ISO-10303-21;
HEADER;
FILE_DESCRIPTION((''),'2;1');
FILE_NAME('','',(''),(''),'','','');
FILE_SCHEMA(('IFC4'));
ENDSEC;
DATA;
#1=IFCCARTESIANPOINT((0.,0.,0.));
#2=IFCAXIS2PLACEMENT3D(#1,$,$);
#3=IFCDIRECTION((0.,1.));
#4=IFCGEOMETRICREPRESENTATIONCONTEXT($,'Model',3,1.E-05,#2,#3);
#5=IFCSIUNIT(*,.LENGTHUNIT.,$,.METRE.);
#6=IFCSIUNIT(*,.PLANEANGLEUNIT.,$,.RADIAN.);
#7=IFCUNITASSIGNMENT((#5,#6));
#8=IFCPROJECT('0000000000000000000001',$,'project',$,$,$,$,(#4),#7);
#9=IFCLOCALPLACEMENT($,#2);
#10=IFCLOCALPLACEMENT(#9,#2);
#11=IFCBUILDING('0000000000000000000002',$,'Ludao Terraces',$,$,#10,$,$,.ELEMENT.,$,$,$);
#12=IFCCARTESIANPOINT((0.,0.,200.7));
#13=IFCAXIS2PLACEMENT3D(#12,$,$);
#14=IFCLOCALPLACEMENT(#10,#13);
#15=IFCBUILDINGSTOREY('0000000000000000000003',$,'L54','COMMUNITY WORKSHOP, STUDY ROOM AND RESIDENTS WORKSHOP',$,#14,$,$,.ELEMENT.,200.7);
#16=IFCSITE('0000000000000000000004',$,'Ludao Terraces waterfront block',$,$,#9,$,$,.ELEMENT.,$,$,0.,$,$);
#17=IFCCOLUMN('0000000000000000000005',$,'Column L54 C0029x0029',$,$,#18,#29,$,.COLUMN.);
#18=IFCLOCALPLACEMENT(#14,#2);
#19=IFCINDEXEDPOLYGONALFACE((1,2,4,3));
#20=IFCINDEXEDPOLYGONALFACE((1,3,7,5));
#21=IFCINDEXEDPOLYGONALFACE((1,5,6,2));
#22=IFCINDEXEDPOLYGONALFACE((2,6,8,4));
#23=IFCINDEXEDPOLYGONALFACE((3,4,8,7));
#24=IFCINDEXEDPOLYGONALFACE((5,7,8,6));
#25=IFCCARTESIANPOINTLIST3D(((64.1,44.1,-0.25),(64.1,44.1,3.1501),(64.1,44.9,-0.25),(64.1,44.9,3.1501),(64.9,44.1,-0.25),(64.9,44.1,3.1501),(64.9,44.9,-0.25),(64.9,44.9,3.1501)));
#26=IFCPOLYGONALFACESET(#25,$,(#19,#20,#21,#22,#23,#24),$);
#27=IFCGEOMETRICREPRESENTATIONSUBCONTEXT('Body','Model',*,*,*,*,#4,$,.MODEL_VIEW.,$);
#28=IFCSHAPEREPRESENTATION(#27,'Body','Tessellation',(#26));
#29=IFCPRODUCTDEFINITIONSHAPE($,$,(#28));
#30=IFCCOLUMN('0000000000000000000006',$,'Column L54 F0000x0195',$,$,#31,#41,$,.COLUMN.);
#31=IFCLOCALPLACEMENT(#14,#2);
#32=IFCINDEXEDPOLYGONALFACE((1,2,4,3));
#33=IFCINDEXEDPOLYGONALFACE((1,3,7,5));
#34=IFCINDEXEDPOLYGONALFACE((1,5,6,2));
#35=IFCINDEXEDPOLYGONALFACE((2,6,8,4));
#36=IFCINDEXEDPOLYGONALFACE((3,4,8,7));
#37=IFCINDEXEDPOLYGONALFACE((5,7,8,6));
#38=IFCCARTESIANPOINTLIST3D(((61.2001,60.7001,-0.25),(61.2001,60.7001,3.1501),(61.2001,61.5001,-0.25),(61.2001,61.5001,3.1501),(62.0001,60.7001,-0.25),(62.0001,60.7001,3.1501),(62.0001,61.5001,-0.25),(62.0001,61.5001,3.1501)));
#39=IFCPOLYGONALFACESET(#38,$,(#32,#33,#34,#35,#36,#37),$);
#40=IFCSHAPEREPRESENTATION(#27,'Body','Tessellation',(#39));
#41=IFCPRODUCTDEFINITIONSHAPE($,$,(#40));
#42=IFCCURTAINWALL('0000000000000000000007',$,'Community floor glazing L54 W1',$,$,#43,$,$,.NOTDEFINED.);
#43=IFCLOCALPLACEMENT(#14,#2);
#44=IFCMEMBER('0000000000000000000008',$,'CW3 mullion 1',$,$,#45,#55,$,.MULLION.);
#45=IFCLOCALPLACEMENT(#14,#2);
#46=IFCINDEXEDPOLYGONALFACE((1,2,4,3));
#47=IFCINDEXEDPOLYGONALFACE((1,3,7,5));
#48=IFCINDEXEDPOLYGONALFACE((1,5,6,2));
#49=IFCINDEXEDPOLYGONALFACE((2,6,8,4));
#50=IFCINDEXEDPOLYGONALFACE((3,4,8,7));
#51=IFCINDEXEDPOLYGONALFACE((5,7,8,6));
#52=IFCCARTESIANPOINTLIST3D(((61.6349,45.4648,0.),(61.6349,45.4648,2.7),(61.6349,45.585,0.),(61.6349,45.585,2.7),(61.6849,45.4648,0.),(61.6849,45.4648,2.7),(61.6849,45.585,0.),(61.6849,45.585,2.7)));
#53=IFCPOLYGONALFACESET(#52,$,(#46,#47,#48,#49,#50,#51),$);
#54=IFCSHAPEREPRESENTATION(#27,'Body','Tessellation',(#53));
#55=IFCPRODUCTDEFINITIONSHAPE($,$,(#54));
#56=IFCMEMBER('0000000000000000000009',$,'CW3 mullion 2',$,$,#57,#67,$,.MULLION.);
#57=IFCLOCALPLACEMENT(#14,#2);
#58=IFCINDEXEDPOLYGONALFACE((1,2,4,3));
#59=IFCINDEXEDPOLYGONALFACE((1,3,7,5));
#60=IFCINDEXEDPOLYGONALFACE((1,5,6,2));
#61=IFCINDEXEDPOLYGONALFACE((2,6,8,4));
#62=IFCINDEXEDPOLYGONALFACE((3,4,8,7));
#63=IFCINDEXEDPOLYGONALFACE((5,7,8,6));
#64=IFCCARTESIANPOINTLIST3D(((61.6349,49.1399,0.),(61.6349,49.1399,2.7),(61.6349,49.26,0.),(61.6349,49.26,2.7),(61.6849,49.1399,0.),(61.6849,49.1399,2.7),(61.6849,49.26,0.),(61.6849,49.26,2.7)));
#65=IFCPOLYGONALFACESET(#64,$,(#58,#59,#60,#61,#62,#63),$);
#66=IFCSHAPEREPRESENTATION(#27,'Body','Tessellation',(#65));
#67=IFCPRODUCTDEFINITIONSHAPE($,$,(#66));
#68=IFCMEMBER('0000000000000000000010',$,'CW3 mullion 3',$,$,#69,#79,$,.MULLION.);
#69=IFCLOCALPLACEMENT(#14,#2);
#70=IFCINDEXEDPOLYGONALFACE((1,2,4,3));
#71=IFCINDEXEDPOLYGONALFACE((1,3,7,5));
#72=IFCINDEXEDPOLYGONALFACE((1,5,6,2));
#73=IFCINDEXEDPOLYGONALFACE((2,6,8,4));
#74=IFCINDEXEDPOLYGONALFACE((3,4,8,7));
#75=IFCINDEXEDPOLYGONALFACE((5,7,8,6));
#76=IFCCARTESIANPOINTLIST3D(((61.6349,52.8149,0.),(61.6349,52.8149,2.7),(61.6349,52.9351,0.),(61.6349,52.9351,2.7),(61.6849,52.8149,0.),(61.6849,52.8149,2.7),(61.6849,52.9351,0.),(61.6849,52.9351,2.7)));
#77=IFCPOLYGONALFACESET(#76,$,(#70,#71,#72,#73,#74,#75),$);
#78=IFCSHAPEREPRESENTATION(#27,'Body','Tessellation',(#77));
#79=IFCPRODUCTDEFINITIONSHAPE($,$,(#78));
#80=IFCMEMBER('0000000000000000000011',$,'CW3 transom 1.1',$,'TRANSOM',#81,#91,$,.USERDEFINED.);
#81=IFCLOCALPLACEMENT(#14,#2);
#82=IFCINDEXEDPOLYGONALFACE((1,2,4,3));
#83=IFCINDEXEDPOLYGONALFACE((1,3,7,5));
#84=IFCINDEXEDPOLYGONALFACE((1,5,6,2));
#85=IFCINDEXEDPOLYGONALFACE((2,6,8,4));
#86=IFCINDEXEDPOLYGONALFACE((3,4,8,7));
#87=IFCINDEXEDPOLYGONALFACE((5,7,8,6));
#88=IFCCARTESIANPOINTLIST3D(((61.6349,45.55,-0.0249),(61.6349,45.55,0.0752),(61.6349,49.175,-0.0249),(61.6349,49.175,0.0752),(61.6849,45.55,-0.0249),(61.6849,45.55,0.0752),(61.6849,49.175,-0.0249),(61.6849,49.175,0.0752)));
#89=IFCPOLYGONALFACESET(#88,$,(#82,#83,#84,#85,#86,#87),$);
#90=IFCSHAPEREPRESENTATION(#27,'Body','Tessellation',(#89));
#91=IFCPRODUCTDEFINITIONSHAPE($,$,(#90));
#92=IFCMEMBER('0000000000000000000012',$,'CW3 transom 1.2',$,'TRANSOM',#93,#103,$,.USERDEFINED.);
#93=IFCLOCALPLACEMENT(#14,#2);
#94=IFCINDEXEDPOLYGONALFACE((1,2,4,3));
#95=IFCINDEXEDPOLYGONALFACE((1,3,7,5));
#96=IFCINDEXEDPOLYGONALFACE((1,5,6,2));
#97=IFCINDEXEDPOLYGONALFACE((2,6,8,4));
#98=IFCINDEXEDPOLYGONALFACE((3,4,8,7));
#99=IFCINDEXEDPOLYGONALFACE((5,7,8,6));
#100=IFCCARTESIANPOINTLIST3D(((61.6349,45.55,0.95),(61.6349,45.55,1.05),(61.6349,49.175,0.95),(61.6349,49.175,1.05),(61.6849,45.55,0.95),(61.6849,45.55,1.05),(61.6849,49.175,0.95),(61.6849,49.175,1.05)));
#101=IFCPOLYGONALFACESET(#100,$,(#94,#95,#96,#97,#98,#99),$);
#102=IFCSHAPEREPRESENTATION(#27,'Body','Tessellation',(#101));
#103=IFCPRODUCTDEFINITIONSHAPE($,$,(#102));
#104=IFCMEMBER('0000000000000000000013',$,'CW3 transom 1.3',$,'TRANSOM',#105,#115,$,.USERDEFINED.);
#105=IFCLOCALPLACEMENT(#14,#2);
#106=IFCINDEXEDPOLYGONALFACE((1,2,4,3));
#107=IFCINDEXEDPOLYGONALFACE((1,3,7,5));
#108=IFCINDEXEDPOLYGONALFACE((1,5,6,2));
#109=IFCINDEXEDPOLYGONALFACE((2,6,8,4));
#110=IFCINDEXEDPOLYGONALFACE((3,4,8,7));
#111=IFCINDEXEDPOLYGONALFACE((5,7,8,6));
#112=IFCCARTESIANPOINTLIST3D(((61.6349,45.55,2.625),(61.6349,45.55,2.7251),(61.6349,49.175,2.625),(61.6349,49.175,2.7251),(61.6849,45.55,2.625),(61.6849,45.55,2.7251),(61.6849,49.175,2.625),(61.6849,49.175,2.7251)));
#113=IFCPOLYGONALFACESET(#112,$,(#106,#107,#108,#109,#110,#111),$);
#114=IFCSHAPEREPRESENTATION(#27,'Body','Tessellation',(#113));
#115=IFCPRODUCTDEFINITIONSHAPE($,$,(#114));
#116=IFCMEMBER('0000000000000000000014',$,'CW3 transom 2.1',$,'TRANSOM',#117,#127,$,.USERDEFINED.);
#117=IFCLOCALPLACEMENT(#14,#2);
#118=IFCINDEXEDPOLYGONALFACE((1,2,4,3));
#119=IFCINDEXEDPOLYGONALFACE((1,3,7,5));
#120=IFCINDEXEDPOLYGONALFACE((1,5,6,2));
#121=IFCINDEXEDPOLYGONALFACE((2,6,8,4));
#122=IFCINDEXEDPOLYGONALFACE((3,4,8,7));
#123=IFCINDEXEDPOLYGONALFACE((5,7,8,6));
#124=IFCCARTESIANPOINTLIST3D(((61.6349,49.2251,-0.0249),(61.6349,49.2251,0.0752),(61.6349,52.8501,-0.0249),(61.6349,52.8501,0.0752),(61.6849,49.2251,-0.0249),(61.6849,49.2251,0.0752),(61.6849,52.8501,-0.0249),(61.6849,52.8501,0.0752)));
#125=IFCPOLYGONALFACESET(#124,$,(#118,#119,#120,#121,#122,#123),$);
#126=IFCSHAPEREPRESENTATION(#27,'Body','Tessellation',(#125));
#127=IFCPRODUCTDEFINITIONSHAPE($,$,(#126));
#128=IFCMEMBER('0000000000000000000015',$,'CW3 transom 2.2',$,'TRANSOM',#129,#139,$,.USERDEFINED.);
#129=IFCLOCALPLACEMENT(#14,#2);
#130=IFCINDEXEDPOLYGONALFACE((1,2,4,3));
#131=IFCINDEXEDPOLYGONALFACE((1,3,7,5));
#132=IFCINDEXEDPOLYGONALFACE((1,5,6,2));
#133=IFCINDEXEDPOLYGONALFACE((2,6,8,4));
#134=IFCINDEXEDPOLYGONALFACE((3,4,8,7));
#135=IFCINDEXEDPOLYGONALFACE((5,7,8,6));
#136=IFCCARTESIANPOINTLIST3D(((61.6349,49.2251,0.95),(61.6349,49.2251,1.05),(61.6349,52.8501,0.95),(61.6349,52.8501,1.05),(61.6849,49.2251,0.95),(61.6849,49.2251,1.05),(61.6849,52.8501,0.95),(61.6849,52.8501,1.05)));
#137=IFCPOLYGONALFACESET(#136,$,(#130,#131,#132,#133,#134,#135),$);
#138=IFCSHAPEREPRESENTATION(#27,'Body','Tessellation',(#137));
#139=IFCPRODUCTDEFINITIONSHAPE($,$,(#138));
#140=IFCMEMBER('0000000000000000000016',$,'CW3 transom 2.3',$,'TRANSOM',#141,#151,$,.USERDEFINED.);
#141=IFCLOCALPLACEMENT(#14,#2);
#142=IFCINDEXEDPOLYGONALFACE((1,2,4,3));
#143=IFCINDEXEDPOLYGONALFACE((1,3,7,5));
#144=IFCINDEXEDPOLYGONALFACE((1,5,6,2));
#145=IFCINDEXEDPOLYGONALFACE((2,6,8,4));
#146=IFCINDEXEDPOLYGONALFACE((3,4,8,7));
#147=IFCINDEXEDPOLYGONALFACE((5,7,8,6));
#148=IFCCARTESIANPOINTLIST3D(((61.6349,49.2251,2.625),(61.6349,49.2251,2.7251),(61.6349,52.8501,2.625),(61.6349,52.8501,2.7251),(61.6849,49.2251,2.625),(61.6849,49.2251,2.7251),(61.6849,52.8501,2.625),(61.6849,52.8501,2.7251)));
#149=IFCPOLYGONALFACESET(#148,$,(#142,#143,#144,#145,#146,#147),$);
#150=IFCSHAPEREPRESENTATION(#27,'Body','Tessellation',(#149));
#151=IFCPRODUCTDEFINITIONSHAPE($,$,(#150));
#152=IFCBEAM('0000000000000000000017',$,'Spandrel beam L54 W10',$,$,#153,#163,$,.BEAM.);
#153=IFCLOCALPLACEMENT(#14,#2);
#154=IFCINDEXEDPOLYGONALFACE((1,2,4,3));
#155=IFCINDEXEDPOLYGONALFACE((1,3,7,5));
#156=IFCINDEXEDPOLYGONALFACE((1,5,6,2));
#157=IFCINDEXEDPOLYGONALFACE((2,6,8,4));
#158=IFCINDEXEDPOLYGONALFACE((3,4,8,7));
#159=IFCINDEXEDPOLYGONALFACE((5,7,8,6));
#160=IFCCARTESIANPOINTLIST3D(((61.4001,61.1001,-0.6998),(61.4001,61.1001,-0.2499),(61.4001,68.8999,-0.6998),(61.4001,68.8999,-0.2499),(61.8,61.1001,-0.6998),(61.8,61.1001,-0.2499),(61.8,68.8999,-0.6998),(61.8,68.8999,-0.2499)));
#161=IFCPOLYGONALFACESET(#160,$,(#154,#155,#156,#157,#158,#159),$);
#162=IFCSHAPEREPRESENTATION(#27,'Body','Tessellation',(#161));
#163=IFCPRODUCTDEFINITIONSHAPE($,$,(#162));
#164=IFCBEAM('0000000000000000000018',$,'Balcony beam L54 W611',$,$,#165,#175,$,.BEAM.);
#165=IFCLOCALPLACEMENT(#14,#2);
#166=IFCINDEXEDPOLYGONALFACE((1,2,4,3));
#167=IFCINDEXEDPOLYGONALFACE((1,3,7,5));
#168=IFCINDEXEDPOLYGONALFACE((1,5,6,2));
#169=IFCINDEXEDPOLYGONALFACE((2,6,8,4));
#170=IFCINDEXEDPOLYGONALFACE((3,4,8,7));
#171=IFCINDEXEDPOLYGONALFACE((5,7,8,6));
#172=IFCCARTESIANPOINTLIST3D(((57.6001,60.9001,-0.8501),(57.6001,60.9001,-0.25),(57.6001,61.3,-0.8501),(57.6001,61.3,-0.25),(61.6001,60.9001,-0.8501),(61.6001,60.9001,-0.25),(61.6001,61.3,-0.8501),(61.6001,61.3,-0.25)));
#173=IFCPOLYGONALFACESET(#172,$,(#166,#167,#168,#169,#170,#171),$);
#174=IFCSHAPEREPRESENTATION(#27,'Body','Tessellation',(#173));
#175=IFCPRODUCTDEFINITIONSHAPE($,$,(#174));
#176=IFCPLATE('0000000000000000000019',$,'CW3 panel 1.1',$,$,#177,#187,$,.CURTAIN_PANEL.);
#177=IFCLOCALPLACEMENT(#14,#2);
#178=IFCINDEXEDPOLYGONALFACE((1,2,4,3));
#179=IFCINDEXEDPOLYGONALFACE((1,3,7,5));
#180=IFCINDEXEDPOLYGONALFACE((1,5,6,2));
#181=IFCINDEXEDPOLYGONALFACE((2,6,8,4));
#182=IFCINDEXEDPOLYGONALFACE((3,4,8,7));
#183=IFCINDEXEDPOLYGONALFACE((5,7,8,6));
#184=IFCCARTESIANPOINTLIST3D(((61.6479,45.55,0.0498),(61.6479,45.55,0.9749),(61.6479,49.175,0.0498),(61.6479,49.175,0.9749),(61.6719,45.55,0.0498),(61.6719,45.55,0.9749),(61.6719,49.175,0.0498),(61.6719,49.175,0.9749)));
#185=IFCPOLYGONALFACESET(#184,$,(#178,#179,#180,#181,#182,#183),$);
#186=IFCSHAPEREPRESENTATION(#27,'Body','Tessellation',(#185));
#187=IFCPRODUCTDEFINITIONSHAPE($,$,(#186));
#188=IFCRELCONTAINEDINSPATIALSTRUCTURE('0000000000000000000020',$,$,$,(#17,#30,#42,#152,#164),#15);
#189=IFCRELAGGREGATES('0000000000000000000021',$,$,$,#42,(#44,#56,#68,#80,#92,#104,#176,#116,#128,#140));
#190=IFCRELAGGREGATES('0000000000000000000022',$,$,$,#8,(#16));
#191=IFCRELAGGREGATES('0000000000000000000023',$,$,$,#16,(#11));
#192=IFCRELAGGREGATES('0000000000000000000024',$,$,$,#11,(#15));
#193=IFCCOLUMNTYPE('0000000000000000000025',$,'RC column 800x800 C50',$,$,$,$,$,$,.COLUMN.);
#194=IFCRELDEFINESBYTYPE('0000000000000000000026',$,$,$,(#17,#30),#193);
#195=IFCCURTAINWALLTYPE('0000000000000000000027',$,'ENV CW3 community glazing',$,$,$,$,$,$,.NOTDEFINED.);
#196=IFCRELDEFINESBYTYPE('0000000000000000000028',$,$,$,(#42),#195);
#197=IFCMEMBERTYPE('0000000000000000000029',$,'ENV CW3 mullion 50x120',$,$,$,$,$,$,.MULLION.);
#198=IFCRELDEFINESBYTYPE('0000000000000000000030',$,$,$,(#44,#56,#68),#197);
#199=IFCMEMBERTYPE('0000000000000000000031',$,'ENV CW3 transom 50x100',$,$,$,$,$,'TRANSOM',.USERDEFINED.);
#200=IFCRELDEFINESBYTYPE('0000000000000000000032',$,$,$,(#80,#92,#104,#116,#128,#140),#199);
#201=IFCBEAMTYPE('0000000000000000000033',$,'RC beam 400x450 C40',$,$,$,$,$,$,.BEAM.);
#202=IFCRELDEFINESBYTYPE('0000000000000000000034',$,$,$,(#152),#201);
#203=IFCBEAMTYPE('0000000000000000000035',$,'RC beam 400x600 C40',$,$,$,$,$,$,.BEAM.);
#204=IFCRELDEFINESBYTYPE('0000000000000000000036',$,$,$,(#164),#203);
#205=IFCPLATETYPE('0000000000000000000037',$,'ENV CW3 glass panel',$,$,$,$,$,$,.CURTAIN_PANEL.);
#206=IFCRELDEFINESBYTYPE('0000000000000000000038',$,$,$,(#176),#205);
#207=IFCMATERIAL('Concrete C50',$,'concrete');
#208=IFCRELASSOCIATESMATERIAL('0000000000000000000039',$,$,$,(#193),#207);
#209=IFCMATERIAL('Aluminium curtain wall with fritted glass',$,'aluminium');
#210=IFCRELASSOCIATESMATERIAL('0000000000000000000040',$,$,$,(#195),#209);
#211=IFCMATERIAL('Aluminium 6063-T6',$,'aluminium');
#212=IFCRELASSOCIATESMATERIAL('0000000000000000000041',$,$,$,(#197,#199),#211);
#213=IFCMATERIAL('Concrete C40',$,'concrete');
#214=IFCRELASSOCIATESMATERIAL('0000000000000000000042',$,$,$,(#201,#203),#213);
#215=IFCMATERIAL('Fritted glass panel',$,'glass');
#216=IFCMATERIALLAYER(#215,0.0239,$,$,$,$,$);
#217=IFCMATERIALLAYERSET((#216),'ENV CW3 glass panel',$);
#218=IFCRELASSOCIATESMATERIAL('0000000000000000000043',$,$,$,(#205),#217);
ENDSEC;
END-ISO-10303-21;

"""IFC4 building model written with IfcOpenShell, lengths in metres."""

from ifc_helpers import new_model, si_unit, direction, frame, origin, origin_2d, place, context, subcontext, project, spatial, rectangle, extrude, material, layer, layer_set, material_profile, profile_set, type_object, element, aggregate, save


model = new_model("IFC4")

# Units and contexts
model_context = context("Model", 3, precision=1e-05, world=origin(), true_north=direction((0.0, 1.0)))
body_context = subcontext(model_context, "Body", "Model", "MODEL_VIEW")
ifc_project = project(units=[si_unit("LENGTHUNIT", "METRE"), si_unit("PLANEANGLEUNIT", "RADIAN")], contexts=[model_context])

# Site, building, storey
site_placement = place(None, origin())
site = spatial("IfcSite", under=ifc_project, at=site_placement, Name="Ludao Terraces waterfront block", CompositionType="ELEMENT", RefElevation=0.0)
building_placement = place(site_placement, origin())
building = spatial("IfcBuilding", under=site, at=building_placement, Name="Ludao Terraces", CompositionType="ELEMENT")
storey_placement = place(building_placement, frame((0.0, 0.0, 200.7)))
storey = spatial("IfcBuildingStorey", under=building, at=storey_placement, Name="L54", Description="COMMUNITY WORKSHOP, STUDY ROOM AND RESIDENTS WORKSHOP", CompositionType="ELEMENT", Elevation=200.7)

# Columns
ifc_material_1 = material(Name="Concrete C50", Category="concrete")
ifc_material_profile_1 = material_profile(ifc_material_1, rectangle(XDim=0.8, YDim=0.8, at=origin_2d()), Name="800 X 800")
ifc_profile_set_1 = profile_set([ifc_material_profile_1], Name="Concrete C50")
column_type = type_object("IfcColumnType", Name="RC column 800x800 C50", PredefinedType="COLUMN", material=ifc_profile_set_1)
for number, where, z_axis, x_axis, name in (
    (1, (64.5, 44.5, -0.25), (0.0, 0.0, 1.0), (1.0, 0.0, 0.0), "Column L54 C0029x0029"),
    (2, (61.6001, 61.1001, -0.25), (0.0, 0.0, 1.0), (1.0, 0.0, 0.0), "Column L54 F0000x0195"),
):
    element("IfcColumn", number, at=place(storey_placement, frame(where, z_axis=z_axis, x_axis=x_axis)), inside=storey, type_object=column_type, Name=name, PredefinedType="COLUMN", context=body_context, shape_type="SweptSolid", body=[
        extrude(rectangle(XDim=0.8, YDim=0.8, at=origin_2d()), origin(), (0.0, 0.0, 1.0), 3.4001),
    ])

# Curtain wall, members
ifc_material_2 = material(Name="Aluminium curtain wall with fritted glass", Category="aluminium")
curtain_wall_type = type_object("IfcCurtainWallType", Name="ENV CW3 community glazing", PredefinedType="NOTDEFINED", material=ifc_material_2)
curtain_wall_placement = place(storey_placement, origin())
curtain_wall = element("IfcCurtainWall", 3, at=curtain_wall_placement, inside=storey, type_object=curtain_wall_type, Name="Community floor glazing L54 W1", PredefinedType="NOTDEFINED")
ifc_material_3 = material(Name="Aluminium 6063-T6", Category="aluminium")
ifc_material_profile_2 = material_profile(ifc_material_3, rectangle(XDim=0.05, YDim=0.1201, at=origin_2d()), Name="50 X 120")
ifc_profile_set_2 = profile_set([ifc_material_profile_2], Name="Aluminium 6063-T6")
member_type_1 = type_object("IfcMemberType", Name="ENV CW3 mullion 50x120", PredefinedType="MULLION", material=ifc_profile_set_2)
member_1_placement = place(storey_placement, frame((61.6599, 45.5249, 0.0), z_axis=(0.0, 0.0, 1.0), x_axis=(-1.0, 0.0, 0.0)))
member_1 = element("IfcMember", 4, at=member_1_placement, type_object=member_type_1, Name="CW3 mullion 1", PredefinedType="MULLION", context=body_context, shape_type="SweptSolid", body=[
    extrude(rectangle(XDim=0.05, YDim=0.1201, at=origin_2d()), origin(), (0.0, 0.0, 1.0), 2.7),
])
member_2_placement = place(storey_placement, frame((61.6599, 49.2, 0.0), z_axis=(0.0, 0.0, 1.0), x_axis=(-1.0, 0.0, 0.0)))
member_2 = element("IfcMember", 5, at=member_2_placement, type_object=member_type_1, Name="CW3 mullion 2", PredefinedType="MULLION", context=body_context, shape_type="SweptSolid", body=[
    extrude(rectangle(XDim=0.05, YDim=0.1201, at=origin_2d()), origin(), (0.0, 0.0, 1.0), 2.7),
])
member_3_placement = place(storey_placement, frame((61.6599, 52.875, 0.0), z_axis=(0.0, 0.0, 1.0), x_axis=(-1.0, 0.0, 0.0)))
member_3 = element("IfcMember", 6, at=member_3_placement, type_object=member_type_1, Name="CW3 mullion 3", PredefinedType="MULLION", context=body_context, shape_type="SweptSolid", body=[
    extrude(rectangle(XDim=0.05, YDim=0.1201, at=origin_2d()), origin(), (0.0, 0.0, 1.0), 2.7),
])
ifc_material_profile_3 = material_profile(ifc_material_3, rectangle(XDim=0.05, YDim=0.1001, at=origin_2d()), Name="50 X 100")
ifc_profile_set_3 = profile_set([ifc_material_profile_3], Name="Aluminium 6063-T6")
member_type_2 = type_object("IfcMemberType", Name="ENV CW3 transom 50x100", ElementType="TRANSOM", PredefinedType="USERDEFINED", material=ifc_profile_set_3)
member_4_placement = place(storey_placement, frame((61.6599, 45.55, 0.0251), z_axis=(0.0, 1.0, 0.0), x_axis=(-1.0, 0.0, 0.0)))
member_4 = element("IfcMember", 7, at=member_4_placement, type_object=member_type_2, Name="CW3 transom 1.1", ObjectType="TRANSOM", PredefinedType="USERDEFINED", context=body_context, shape_type="SweptSolid", body=[
    extrude(rectangle(XDim=0.05, YDim=0.1001, at=origin_2d()), origin(), (0.0, 0.0, 1.0), 3.625),
])
member_5_placement = place(storey_placement, frame((61.6599, 45.55, 1.0), z_axis=(0.0, 1.0, 0.0), x_axis=(-1.0, 0.0, 0.0)))
member_5 = element("IfcMember", 8, at=member_5_placement, type_object=member_type_2, Name="CW3 transom 1.2", ObjectType="TRANSOM", PredefinedType="USERDEFINED", context=body_context, shape_type="SweptSolid", body=[
    extrude(rectangle(XDim=0.05, YDim=0.1001, at=origin_2d()), origin(), (0.0, 0.0, 1.0), 3.625),
])
member_6_placement = place(storey_placement, frame((61.6599, 45.55, 2.675), z_axis=(0.0, 1.0, 0.0), x_axis=(-1.0, 0.0, 0.0)))
member_6 = element("IfcMember", 9, at=member_6_placement, type_object=member_type_2, Name="CW3 transom 1.3", ObjectType="TRANSOM", PredefinedType="USERDEFINED", context=body_context, shape_type="SweptSolid", body=[
    extrude(rectangle(XDim=0.05, YDim=0.1001, at=origin_2d()), origin(), (0.0, 0.0, 1.0), 3.625),
])
member_7_placement = place(storey_placement, frame((61.6599, 49.2251, 0.0251), z_axis=(0.0, 1.0, 0.0), x_axis=(-1.0, 0.0, 0.0)))
member_7 = element("IfcMember", 10, at=member_7_placement, type_object=member_type_2, Name="CW3 transom 2.1", ObjectType="TRANSOM", PredefinedType="USERDEFINED", context=body_context, shape_type="SweptSolid", body=[
    extrude(rectangle(XDim=0.05, YDim=0.1001, at=origin_2d()), origin(), (0.0, 0.0, 1.0), 3.625),
])
member_8_placement = place(storey_placement, frame((61.6599, 49.2251, 1.0), z_axis=(0.0, 1.0, 0.0), x_axis=(-1.0, 0.0, 0.0)))
member_8 = element("IfcMember", 11, at=member_8_placement, type_object=member_type_2, Name="CW3 transom 2.2", ObjectType="TRANSOM", PredefinedType="USERDEFINED", context=body_context, shape_type="SweptSolid", body=[
    extrude(rectangle(XDim=0.05, YDim=0.1001, at=origin_2d()), origin(), (0.0, 0.0, 1.0), 3.625),
])
member_9_placement = place(storey_placement, frame((61.6599, 49.2251, 2.675), z_axis=(0.0, 1.0, 0.0), x_axis=(-1.0, 0.0, 0.0)))
member_9 = element("IfcMember", 12, at=member_9_placement, type_object=member_type_2, Name="CW3 transom 2.3", ObjectType="TRANSOM", PredefinedType="USERDEFINED", context=body_context, shape_type="SweptSolid", body=[
    extrude(rectangle(XDim=0.05, YDim=0.1001, at=origin_2d()), origin(), (0.0, 0.0, 1.0), 3.625),
])

# Beams
ifc_material_4 = material(Name="Concrete C40", Category="concrete")
ifc_material_profile_4 = material_profile(ifc_material_4, rectangle(XDim=0.3999, YDim=0.45, at=origin_2d()), Name="400 X 450")
ifc_profile_set_4 = profile_set([ifc_material_profile_4], Name="Concrete C40")
beam_type_1 = type_object("IfcBeamType", Name="RC beam 400x450 C40", PredefinedType="BEAM", material=ifc_profile_set_4)
beam_1_placement = place(storey_placement, frame((61.6001, 61.1001, -0.4749), z_axis=(0.0, 1.0, 0.0), x_axis=(-1.0, 0.0, 0.0)))
element("IfcBeam", 13, at=beam_1_placement, inside=storey, type_object=beam_type_1, Name="Spandrel beam L54 W10", PredefinedType="BEAM", context=body_context, shape_type="SweptSolid", body=[
    extrude(rectangle(XDim=0.3999, YDim=0.45, at=origin_2d()), origin(), (0.0, 0.0, 1.0), 7.7998),
])
ifc_material_profile_5 = material_profile(ifc_material_4, rectangle(XDim=0.3999, YDim=0.6001, at=origin_2d()), Name="400 X 600")
ifc_profile_set_5 = profile_set([ifc_material_profile_5], Name="Concrete C40")
beam_type_2 = type_object("IfcBeamType", Name="RC beam 400x600 C40", PredefinedType="BEAM", material=ifc_profile_set_5)
beam_2_placement = place(storey_placement, frame((61.6001, 61.1001, -0.55), z_axis=(-1.0, 0.0, 0.0), x_axis=(0.0, -1.0, 0.0)))
element("IfcBeam", 14, at=beam_2_placement, inside=storey, type_object=beam_type_2, Name="Balcony beam L54 W611", PredefinedType="BEAM", context=body_context, shape_type="SweptSolid", body=[
    extrude(rectangle(XDim=0.3999, YDim=0.6001, at=origin_2d()), origin(), (0.0, 0.0, 1.0), 4.0),
])

# Plate
ifc_material_5 = material(Name="Fritted glass panel", Category="glass")
ifc_layer_1 = layer(ifc_material_5, 0.0239)
ifc_layer_set_1 = layer_set([ifc_layer_1], Name="ENV CW3 glass panel")
plate_type = type_object("IfcPlateType", Name="ENV CW3 glass panel", PredefinedType="CURTAIN_PANEL", material=ifc_layer_set_1)
plate_1_placement = place(storey_placement, frame((61.6599, 47.3625, 0.0498), z_axis=(0.0, 0.0, 1.0), x_axis=(0.0, 1.0, 0.0)))
plate_1 = element("IfcPlate", 15, at=plate_1_placement, type_object=plate_type, Name="CW3 panel 1.1", PredefinedType="CURTAIN_PANEL", context=body_context, shape_type="SweptSolid", body=[
    extrude(rectangle(XDim=3.625, YDim=0.0239, at=origin_2d()), origin(), (0.0, 0.0, 1.0), 0.925),
])
aggregate(curtain_wall, [member_1, member_2, member_3, member_4, member_5, member_6, plate_1, member_7, member_8, member_9])

save(model, "model.ifc")
